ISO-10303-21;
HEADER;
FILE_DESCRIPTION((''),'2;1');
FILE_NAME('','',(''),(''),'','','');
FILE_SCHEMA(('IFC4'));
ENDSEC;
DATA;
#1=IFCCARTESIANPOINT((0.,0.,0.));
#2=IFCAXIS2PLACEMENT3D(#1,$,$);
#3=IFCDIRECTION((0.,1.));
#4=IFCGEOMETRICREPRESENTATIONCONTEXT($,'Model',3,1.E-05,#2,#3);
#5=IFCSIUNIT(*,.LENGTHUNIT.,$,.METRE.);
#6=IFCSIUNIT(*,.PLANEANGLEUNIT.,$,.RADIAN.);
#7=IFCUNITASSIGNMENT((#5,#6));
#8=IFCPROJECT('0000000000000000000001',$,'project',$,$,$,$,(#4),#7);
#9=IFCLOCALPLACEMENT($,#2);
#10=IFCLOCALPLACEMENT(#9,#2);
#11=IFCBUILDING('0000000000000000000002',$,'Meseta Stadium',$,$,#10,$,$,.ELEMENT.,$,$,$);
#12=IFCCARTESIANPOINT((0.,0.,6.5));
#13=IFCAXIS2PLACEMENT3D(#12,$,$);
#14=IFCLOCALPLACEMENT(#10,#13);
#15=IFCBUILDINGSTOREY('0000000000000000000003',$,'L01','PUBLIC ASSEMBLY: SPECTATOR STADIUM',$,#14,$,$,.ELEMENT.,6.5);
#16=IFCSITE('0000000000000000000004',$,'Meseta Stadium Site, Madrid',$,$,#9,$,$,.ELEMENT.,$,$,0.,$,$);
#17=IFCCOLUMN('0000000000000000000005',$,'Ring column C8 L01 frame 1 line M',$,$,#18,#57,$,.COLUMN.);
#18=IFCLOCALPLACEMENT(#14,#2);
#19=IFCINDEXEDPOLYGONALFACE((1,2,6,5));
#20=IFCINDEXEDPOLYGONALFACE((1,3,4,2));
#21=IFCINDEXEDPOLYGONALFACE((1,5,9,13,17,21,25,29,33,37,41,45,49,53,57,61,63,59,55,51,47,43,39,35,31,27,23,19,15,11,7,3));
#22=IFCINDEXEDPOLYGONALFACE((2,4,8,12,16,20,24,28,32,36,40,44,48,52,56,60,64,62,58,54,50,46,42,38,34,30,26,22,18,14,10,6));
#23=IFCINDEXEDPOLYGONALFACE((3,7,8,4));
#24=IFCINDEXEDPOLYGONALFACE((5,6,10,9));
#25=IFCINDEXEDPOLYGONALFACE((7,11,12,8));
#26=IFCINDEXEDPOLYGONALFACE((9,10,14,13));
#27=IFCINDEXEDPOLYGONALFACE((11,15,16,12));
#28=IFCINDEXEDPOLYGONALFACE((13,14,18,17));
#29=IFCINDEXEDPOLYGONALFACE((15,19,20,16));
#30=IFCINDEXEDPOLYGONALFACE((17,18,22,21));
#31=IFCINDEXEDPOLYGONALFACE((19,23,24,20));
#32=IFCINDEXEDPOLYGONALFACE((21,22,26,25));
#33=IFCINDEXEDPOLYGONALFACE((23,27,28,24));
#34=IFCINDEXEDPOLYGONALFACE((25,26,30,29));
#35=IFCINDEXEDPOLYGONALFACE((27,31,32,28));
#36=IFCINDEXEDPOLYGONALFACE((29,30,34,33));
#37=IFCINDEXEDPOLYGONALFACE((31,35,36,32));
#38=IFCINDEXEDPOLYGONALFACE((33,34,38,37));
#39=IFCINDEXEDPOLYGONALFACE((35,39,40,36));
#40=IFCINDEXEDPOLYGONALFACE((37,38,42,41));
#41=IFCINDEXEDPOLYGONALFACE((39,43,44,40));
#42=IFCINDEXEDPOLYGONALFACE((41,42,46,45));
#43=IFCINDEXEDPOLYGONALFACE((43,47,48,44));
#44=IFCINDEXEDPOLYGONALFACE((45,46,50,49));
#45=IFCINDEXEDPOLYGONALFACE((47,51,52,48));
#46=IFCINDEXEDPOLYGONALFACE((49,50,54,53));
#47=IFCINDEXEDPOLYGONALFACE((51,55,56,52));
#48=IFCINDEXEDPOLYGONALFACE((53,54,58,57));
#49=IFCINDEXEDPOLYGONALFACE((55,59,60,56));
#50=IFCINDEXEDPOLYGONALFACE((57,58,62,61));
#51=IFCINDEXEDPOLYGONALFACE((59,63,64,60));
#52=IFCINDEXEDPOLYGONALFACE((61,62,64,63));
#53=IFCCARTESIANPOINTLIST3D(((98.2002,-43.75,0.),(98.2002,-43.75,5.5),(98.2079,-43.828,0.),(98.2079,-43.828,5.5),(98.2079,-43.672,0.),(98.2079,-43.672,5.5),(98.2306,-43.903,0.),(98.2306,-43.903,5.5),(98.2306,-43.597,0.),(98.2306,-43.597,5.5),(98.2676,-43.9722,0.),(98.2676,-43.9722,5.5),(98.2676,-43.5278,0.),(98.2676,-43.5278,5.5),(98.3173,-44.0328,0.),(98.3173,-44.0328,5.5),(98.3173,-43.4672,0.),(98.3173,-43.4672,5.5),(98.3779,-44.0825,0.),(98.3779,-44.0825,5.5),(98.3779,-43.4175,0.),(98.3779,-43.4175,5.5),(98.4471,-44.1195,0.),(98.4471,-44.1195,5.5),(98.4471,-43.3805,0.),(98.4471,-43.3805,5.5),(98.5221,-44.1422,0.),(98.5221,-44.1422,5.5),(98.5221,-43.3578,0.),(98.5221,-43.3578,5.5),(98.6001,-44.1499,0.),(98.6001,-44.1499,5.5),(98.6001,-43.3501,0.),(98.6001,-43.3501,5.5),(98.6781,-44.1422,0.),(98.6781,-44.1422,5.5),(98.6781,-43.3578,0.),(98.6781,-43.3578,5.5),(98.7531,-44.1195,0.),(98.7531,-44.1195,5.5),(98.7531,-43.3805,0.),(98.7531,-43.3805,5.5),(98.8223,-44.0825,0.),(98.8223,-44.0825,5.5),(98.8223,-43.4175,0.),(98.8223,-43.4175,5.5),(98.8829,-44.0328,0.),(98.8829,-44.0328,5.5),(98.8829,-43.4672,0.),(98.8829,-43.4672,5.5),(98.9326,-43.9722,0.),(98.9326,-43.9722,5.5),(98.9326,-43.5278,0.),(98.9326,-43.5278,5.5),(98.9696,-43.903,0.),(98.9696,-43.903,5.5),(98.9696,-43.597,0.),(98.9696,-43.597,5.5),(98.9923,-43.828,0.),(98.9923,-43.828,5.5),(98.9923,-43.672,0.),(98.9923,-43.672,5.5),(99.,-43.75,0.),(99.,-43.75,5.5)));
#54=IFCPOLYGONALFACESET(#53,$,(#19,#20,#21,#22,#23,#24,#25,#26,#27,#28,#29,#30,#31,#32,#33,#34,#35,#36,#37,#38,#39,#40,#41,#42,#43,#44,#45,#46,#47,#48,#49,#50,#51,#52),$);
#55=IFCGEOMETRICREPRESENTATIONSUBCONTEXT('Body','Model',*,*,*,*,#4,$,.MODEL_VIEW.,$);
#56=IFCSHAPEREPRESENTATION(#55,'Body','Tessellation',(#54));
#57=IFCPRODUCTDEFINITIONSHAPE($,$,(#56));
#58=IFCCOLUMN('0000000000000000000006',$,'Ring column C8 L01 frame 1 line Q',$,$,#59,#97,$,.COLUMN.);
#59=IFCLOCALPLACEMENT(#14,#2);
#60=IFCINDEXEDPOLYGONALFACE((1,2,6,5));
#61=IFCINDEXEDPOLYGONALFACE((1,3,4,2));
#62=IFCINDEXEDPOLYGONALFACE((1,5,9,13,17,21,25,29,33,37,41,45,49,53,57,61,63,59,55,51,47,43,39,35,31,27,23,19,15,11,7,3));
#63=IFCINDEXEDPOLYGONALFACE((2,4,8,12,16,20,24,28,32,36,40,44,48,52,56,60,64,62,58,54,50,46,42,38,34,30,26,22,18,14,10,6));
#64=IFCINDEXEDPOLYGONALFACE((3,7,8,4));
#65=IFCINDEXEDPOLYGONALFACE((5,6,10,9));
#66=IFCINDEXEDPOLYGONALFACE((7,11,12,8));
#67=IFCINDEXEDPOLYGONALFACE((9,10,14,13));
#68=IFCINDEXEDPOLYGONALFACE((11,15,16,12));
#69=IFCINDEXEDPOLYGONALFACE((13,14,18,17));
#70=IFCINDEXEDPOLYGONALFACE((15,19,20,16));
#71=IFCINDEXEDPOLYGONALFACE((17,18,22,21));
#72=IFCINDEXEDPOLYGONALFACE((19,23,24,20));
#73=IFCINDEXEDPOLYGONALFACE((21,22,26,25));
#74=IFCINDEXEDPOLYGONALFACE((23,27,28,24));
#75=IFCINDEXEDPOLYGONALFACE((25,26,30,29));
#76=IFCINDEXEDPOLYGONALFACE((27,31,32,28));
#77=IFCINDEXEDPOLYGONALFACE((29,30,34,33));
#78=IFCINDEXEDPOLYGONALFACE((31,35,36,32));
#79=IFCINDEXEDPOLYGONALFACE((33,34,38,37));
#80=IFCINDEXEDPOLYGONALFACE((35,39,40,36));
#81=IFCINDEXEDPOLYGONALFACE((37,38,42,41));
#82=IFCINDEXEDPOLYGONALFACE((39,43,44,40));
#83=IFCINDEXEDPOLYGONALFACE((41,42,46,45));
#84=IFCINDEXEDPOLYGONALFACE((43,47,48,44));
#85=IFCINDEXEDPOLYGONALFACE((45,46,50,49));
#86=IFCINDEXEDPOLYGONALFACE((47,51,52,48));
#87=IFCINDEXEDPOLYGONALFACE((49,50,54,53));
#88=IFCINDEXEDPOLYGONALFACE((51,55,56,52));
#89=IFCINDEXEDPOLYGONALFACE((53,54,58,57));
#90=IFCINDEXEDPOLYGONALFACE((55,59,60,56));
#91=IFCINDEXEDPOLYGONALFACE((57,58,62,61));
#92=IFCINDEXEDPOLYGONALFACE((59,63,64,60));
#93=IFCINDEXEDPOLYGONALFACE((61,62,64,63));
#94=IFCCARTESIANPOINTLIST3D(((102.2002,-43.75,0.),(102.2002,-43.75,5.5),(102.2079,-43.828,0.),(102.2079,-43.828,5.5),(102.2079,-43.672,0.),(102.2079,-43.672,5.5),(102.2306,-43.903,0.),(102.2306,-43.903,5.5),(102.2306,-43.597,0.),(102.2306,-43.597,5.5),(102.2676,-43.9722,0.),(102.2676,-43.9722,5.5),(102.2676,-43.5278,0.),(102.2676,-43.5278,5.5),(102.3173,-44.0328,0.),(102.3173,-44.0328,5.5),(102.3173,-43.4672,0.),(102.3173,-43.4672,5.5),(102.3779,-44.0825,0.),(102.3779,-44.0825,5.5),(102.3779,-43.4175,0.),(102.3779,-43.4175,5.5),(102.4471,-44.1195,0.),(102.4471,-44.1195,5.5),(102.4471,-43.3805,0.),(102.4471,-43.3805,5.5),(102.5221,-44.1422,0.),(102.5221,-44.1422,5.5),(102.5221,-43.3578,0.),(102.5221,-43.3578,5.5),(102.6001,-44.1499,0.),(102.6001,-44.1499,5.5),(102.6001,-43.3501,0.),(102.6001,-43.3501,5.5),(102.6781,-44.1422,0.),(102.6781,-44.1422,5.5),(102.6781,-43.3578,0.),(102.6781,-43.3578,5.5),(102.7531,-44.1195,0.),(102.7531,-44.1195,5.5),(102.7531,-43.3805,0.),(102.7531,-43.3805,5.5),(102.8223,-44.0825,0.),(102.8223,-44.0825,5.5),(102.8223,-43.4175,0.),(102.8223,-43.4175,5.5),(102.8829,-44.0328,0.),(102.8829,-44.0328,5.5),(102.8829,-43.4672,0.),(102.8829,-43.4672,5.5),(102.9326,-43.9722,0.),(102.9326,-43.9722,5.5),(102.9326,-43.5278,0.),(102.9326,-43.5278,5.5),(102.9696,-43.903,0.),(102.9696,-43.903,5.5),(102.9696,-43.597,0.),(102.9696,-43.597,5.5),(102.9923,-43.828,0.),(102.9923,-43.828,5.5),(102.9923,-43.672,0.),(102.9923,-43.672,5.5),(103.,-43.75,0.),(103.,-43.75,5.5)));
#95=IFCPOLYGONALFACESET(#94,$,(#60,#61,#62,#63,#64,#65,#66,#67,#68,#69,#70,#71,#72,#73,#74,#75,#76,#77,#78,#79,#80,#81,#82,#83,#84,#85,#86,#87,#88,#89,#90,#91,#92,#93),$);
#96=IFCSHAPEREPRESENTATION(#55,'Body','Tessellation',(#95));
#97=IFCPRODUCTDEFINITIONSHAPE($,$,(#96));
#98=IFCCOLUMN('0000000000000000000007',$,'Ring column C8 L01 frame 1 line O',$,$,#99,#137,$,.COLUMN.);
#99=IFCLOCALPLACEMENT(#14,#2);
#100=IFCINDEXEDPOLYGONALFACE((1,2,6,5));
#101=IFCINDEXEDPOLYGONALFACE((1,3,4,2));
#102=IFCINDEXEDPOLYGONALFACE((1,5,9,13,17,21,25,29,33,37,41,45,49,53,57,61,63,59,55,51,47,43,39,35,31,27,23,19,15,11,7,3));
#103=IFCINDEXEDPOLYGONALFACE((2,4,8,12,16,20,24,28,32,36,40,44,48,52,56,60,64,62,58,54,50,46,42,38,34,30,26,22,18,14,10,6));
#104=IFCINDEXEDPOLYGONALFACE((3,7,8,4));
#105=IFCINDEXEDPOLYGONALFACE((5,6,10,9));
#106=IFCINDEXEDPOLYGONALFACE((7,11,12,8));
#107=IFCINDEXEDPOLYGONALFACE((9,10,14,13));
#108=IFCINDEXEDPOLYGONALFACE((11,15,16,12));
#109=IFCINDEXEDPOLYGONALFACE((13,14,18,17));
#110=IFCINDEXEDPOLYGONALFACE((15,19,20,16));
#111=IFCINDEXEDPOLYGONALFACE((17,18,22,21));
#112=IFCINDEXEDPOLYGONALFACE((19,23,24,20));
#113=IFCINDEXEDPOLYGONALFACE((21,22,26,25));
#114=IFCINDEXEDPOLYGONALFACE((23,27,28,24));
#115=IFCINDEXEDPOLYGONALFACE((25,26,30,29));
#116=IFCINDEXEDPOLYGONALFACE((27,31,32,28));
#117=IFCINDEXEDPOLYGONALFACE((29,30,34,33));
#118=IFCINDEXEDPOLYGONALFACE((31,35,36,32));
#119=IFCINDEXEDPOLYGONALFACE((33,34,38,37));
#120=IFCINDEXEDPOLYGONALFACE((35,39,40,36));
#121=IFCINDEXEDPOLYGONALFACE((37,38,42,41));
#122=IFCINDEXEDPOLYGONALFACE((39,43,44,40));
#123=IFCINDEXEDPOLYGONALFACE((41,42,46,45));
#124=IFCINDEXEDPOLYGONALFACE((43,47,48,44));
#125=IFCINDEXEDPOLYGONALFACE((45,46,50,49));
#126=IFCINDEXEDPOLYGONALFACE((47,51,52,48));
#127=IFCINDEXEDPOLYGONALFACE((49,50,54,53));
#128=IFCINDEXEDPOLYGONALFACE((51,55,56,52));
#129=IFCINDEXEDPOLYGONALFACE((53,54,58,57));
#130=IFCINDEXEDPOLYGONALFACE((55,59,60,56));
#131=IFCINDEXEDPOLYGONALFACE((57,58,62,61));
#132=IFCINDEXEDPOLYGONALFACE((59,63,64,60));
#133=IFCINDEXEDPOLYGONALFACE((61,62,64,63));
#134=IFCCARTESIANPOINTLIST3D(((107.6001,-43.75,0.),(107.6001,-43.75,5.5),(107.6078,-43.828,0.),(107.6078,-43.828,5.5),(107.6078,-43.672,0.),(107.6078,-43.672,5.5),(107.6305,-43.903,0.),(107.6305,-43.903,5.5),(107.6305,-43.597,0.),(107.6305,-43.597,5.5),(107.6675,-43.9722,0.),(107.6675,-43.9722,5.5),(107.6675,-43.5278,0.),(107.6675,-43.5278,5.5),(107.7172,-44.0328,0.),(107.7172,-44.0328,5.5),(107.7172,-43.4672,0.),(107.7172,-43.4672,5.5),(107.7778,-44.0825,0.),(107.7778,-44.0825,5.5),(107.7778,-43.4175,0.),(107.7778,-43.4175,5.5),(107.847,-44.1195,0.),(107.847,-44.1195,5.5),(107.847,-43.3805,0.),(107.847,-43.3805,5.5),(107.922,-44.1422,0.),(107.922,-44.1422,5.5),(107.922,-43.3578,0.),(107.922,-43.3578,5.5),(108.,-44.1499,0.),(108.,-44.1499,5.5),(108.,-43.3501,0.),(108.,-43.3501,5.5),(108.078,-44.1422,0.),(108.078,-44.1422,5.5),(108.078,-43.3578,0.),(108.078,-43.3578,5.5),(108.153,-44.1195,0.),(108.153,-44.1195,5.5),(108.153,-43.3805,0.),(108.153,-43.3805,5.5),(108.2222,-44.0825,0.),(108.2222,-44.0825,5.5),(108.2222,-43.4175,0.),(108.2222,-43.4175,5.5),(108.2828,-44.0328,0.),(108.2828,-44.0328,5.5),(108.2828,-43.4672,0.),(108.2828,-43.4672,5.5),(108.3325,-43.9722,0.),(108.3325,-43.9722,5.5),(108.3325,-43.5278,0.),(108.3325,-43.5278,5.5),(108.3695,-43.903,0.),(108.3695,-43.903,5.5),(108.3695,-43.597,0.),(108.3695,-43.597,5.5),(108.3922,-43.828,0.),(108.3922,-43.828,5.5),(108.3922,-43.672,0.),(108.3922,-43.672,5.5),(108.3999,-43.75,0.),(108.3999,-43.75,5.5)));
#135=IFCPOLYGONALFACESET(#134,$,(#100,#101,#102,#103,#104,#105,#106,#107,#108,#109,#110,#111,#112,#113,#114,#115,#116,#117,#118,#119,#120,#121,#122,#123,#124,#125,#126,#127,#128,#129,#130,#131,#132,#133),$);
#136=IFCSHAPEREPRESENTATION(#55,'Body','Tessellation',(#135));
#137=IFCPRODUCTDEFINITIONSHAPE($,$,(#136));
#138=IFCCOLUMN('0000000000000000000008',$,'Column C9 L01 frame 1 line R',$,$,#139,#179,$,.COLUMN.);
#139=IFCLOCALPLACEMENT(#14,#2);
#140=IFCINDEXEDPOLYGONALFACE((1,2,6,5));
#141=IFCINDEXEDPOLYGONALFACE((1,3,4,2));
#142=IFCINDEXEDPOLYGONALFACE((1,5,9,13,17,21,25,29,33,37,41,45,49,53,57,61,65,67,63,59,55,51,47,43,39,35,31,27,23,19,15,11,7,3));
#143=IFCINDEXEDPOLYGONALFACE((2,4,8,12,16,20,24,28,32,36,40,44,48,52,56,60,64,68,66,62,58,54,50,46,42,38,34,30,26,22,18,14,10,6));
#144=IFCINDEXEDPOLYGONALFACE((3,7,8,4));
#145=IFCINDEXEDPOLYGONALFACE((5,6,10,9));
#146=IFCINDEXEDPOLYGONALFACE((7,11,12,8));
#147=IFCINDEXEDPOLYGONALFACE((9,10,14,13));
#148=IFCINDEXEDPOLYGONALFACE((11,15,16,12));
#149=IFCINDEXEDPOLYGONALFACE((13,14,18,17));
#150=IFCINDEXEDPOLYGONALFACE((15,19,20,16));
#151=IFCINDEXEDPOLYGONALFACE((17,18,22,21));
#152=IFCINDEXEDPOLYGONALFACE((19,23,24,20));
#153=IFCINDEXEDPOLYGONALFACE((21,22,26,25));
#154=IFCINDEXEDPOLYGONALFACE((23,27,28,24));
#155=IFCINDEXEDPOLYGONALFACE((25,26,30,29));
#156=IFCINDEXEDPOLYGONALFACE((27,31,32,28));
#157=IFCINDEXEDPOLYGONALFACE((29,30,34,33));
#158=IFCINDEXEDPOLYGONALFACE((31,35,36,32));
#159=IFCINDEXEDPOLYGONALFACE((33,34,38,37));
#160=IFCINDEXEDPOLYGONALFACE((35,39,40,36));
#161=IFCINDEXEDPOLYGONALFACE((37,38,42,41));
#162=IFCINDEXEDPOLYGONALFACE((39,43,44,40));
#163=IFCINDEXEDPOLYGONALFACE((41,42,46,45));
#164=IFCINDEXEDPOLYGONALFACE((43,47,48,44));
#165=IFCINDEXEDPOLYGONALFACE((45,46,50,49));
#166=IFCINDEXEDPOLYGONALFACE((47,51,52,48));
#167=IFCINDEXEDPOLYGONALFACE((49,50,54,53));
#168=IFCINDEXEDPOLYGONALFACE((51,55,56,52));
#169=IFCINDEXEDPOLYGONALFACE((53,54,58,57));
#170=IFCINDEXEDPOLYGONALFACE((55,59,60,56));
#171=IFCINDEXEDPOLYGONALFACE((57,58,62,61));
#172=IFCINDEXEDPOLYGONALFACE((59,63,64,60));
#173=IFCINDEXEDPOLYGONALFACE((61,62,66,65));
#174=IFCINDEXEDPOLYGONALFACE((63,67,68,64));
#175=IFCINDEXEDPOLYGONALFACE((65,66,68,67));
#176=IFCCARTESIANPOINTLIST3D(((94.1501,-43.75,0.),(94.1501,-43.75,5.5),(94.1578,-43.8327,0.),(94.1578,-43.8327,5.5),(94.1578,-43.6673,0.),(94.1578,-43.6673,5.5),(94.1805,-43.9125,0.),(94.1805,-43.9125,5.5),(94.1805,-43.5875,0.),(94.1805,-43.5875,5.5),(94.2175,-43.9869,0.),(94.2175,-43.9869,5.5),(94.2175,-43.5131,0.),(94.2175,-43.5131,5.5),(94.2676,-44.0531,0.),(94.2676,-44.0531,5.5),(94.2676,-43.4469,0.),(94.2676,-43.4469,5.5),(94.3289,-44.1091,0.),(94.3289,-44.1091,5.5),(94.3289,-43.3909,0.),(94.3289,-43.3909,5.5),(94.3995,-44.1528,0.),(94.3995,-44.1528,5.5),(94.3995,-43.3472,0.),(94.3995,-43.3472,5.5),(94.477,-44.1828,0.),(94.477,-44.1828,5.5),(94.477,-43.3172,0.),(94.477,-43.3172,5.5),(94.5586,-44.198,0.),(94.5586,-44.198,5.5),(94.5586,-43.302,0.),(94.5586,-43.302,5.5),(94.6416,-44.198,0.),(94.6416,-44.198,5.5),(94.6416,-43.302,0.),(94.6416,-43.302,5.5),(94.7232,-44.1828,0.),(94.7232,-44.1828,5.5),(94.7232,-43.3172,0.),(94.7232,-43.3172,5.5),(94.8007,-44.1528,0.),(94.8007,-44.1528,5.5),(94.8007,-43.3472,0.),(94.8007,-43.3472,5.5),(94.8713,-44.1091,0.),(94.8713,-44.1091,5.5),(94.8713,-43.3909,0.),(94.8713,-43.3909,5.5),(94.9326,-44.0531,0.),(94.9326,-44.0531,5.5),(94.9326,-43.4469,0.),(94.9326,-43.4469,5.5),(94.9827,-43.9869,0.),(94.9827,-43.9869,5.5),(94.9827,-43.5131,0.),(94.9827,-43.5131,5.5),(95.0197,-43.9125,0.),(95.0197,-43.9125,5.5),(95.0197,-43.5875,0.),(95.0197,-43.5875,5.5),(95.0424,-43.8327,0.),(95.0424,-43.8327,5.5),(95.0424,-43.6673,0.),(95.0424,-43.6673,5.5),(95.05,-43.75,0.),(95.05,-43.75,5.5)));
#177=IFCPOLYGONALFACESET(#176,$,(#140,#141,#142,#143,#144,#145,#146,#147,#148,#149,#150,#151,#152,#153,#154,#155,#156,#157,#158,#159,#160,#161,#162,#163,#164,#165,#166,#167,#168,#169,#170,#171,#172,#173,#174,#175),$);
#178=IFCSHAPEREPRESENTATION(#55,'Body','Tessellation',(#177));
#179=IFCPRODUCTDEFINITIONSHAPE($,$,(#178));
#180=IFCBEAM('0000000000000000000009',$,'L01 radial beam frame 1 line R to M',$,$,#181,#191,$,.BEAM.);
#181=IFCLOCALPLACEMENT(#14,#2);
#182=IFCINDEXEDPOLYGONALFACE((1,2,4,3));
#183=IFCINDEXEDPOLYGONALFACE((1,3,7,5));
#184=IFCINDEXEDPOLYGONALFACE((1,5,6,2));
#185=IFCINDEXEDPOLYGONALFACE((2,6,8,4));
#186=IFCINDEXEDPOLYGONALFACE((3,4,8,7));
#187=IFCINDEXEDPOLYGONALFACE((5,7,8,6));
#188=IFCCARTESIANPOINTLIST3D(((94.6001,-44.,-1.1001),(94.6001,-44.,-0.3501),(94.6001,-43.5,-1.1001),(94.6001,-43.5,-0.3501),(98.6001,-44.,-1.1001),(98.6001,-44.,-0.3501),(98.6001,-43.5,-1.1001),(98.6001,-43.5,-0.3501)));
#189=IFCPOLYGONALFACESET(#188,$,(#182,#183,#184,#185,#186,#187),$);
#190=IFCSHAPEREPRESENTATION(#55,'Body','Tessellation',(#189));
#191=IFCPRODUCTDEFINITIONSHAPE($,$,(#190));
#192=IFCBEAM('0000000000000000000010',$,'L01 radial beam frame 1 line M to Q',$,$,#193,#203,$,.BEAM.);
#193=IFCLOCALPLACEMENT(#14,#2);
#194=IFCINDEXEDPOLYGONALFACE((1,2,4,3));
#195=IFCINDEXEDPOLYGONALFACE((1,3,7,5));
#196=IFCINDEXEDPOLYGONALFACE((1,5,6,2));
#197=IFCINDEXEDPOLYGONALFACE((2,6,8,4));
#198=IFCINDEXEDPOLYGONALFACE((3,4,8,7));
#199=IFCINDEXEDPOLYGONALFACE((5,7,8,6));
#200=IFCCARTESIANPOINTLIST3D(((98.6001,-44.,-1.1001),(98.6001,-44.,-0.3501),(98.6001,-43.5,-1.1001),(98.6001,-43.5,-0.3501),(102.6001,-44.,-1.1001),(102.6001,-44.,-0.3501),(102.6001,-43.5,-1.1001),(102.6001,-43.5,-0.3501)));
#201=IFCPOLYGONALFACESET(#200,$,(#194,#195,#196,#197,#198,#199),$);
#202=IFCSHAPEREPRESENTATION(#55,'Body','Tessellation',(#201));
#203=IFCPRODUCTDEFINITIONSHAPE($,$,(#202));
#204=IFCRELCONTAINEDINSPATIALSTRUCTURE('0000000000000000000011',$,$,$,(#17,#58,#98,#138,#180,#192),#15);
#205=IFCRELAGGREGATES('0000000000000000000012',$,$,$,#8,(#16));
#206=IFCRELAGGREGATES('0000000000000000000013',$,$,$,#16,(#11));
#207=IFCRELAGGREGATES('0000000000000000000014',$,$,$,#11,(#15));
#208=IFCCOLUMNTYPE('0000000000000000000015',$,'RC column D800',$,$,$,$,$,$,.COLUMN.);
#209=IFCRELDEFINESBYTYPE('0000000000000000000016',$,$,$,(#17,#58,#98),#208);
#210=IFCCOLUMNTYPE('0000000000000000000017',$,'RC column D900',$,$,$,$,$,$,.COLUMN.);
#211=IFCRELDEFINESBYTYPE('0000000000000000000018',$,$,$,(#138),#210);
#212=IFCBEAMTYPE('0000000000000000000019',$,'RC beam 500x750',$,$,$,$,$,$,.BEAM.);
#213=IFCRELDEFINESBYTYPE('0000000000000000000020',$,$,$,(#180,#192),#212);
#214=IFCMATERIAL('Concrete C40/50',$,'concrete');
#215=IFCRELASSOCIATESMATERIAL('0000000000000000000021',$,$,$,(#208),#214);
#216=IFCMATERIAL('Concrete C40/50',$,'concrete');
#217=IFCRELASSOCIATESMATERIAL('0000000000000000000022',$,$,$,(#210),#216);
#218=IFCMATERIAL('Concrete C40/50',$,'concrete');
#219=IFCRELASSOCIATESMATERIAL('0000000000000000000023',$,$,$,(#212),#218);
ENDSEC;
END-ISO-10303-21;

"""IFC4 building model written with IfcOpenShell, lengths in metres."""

from ifc_helpers import new_model, si_unit, direction, frame, origin, origin_2d, place, context, subcontext, project, spatial, rectangle, circle, extrude, material, material_profile, profile_set, type_object, element, save


model = new_model("IFC4")

# Units and contexts
model_context = context("Model", 3, precision=1e-05, world=origin(), true_north=direction((0.0, 1.0)))
body_context = subcontext(model_context, "Body", "Model", "MODEL_VIEW")
ifc_project = project(units=[si_unit("LENGTHUNIT", "METRE"), si_unit("PLANEANGLEUNIT", "RADIAN")], contexts=[model_context])

# Site, building, storey
site_placement = place(None, origin())
site = spatial("IfcSite", under=ifc_project, at=site_placement, Name="Meseta Stadium Site, Madrid", CompositionType="ELEMENT", RefElevation=0.0)
building_placement = place(site_placement, origin())
building = spatial("IfcBuilding", under=site, at=building_placement, Name="Meseta Stadium", CompositionType="ELEMENT")
storey_placement = place(building_placement, frame((0.0, 0.0, 6.5)))
storey = spatial("IfcBuildingStorey", under=building, at=storey_placement, Name="L01", Description="PUBLIC ASSEMBLY: SPECTATOR STADIUM", CompositionType="ELEMENT", Elevation=6.5)

# Columns
ifc_material_1 = material(Name="Concrete C40/50", Category="concrete")
ifc_material_profile_1 = material_profile(ifc_material_1, circle(Radius=0.3999, at=origin_2d()), Name="RC D800")
ifc_profile_set_1 = profile_set([ifc_material_profile_1], Name="Concrete C40/50")
column_type_1 = type_object("IfcColumnType", Name="RC column D800", PredefinedType="COLUMN", material=ifc_profile_set_1)
for number, where, z_axis, x_axis, name in (
    (1, (98.6001, -43.75, 0.0), (0.0, 0.0, 1.0), (1.0, 0.0, 0.0), "Ring column C8 L01 frame 1 line M"),
    (2, (102.6001, -43.75, 0.0), (0.0, 0.0, 1.0), (1.0, 0.0, 0.0), "Ring column C8 L01 frame 1 line Q"),
    (3, (108.0, -43.75, 0.0), (0.0, 0.0, 1.0), (1.0, 0.0, 0.0), "Ring column C8 L01 frame 1 line O"),
):
    element("IfcColumn", number, at=place(storey_placement, frame(where, z_axis=z_axis, x_axis=x_axis)), inside=storey, type_object=column_type_1, Name=name, PredefinedType="COLUMN", context=body_context, shape_type="SweptSolid", body=[
        extrude(circle(Radius=0.3999, at=origin_2d()), origin(), (0.0, 0.0, 1.0), 5.5),
    ])
ifc_material_2 = material(Name="Concrete C40/50", Category="concrete")
ifc_material_profile_2 = material_profile(ifc_material_2, circle(Radius=0.45, at=origin_2d()), Name="RC D900")
ifc_profile_set_2 = profile_set([ifc_material_profile_2], Name="Concrete C40/50")
column_type_2 = type_object("IfcColumnType", Name="RC column D900", PredefinedType="COLUMN", material=ifc_profile_set_2)
column_placement = place(storey_placement, frame((94.6001, -43.75, 0.0), z_axis=(0.0, 0.0, 1.0), x_axis=(1.0, 0.0, 0.0)))
element("IfcColumn", 4, at=column_placement, inside=storey, type_object=column_type_2, Name="Column C9 L01 frame 1 line R", PredefinedType="COLUMN", context=body_context, shape_type="SweptSolid", body=[
    extrude(circle(Radius=0.45, at=origin_2d()), origin(), (0.0, 0.0, 1.0), 5.5),
])

# Beams
ifc_material_3 = material(Name="Concrete C40/50", Category="concrete")
ifc_material_profile_3 = material_profile(ifc_material_3, rectangle(XDim=0.5, YDim=0.75, at=origin_2d()), Name="RC 500x750")
ifc_profile_set_3 = profile_set([ifc_material_profile_3], Name="Concrete C40/50")
beam_type_1 = type_object("IfcBeamType", Name="RC beam 500x750", PredefinedType="BEAM", material=ifc_profile_set_3)
for number, where, z_axis, x_axis, name in (
    (5, (94.6001, -43.75, -0.7251), (1.0, 0.0, 0.0), (0.0, 1.0, 0.0), "L01 radial beam frame 1 line R to M"),
    (6, (98.6001, -43.75, -0.7251), (1.0, 0.0, 0.0), (0.0, 1.0, 0.0), "L01 radial beam frame 1 line M to Q"),
):
    element("IfcBeam", number, at=place(storey_placement, frame(where, z_axis=z_axis, x_axis=x_axis)), inside=storey, type_object=beam_type_1, Name=name, PredefinedType="BEAM", context=body_context, shape_type="SweptSolid", body=[
        extrude(rectangle(XDim=0.5, YDim=0.75, at=origin_2d()), origin(), (0.0, 0.0, 1.0), 4.0),
    ])

save(model, "model.ifc")
